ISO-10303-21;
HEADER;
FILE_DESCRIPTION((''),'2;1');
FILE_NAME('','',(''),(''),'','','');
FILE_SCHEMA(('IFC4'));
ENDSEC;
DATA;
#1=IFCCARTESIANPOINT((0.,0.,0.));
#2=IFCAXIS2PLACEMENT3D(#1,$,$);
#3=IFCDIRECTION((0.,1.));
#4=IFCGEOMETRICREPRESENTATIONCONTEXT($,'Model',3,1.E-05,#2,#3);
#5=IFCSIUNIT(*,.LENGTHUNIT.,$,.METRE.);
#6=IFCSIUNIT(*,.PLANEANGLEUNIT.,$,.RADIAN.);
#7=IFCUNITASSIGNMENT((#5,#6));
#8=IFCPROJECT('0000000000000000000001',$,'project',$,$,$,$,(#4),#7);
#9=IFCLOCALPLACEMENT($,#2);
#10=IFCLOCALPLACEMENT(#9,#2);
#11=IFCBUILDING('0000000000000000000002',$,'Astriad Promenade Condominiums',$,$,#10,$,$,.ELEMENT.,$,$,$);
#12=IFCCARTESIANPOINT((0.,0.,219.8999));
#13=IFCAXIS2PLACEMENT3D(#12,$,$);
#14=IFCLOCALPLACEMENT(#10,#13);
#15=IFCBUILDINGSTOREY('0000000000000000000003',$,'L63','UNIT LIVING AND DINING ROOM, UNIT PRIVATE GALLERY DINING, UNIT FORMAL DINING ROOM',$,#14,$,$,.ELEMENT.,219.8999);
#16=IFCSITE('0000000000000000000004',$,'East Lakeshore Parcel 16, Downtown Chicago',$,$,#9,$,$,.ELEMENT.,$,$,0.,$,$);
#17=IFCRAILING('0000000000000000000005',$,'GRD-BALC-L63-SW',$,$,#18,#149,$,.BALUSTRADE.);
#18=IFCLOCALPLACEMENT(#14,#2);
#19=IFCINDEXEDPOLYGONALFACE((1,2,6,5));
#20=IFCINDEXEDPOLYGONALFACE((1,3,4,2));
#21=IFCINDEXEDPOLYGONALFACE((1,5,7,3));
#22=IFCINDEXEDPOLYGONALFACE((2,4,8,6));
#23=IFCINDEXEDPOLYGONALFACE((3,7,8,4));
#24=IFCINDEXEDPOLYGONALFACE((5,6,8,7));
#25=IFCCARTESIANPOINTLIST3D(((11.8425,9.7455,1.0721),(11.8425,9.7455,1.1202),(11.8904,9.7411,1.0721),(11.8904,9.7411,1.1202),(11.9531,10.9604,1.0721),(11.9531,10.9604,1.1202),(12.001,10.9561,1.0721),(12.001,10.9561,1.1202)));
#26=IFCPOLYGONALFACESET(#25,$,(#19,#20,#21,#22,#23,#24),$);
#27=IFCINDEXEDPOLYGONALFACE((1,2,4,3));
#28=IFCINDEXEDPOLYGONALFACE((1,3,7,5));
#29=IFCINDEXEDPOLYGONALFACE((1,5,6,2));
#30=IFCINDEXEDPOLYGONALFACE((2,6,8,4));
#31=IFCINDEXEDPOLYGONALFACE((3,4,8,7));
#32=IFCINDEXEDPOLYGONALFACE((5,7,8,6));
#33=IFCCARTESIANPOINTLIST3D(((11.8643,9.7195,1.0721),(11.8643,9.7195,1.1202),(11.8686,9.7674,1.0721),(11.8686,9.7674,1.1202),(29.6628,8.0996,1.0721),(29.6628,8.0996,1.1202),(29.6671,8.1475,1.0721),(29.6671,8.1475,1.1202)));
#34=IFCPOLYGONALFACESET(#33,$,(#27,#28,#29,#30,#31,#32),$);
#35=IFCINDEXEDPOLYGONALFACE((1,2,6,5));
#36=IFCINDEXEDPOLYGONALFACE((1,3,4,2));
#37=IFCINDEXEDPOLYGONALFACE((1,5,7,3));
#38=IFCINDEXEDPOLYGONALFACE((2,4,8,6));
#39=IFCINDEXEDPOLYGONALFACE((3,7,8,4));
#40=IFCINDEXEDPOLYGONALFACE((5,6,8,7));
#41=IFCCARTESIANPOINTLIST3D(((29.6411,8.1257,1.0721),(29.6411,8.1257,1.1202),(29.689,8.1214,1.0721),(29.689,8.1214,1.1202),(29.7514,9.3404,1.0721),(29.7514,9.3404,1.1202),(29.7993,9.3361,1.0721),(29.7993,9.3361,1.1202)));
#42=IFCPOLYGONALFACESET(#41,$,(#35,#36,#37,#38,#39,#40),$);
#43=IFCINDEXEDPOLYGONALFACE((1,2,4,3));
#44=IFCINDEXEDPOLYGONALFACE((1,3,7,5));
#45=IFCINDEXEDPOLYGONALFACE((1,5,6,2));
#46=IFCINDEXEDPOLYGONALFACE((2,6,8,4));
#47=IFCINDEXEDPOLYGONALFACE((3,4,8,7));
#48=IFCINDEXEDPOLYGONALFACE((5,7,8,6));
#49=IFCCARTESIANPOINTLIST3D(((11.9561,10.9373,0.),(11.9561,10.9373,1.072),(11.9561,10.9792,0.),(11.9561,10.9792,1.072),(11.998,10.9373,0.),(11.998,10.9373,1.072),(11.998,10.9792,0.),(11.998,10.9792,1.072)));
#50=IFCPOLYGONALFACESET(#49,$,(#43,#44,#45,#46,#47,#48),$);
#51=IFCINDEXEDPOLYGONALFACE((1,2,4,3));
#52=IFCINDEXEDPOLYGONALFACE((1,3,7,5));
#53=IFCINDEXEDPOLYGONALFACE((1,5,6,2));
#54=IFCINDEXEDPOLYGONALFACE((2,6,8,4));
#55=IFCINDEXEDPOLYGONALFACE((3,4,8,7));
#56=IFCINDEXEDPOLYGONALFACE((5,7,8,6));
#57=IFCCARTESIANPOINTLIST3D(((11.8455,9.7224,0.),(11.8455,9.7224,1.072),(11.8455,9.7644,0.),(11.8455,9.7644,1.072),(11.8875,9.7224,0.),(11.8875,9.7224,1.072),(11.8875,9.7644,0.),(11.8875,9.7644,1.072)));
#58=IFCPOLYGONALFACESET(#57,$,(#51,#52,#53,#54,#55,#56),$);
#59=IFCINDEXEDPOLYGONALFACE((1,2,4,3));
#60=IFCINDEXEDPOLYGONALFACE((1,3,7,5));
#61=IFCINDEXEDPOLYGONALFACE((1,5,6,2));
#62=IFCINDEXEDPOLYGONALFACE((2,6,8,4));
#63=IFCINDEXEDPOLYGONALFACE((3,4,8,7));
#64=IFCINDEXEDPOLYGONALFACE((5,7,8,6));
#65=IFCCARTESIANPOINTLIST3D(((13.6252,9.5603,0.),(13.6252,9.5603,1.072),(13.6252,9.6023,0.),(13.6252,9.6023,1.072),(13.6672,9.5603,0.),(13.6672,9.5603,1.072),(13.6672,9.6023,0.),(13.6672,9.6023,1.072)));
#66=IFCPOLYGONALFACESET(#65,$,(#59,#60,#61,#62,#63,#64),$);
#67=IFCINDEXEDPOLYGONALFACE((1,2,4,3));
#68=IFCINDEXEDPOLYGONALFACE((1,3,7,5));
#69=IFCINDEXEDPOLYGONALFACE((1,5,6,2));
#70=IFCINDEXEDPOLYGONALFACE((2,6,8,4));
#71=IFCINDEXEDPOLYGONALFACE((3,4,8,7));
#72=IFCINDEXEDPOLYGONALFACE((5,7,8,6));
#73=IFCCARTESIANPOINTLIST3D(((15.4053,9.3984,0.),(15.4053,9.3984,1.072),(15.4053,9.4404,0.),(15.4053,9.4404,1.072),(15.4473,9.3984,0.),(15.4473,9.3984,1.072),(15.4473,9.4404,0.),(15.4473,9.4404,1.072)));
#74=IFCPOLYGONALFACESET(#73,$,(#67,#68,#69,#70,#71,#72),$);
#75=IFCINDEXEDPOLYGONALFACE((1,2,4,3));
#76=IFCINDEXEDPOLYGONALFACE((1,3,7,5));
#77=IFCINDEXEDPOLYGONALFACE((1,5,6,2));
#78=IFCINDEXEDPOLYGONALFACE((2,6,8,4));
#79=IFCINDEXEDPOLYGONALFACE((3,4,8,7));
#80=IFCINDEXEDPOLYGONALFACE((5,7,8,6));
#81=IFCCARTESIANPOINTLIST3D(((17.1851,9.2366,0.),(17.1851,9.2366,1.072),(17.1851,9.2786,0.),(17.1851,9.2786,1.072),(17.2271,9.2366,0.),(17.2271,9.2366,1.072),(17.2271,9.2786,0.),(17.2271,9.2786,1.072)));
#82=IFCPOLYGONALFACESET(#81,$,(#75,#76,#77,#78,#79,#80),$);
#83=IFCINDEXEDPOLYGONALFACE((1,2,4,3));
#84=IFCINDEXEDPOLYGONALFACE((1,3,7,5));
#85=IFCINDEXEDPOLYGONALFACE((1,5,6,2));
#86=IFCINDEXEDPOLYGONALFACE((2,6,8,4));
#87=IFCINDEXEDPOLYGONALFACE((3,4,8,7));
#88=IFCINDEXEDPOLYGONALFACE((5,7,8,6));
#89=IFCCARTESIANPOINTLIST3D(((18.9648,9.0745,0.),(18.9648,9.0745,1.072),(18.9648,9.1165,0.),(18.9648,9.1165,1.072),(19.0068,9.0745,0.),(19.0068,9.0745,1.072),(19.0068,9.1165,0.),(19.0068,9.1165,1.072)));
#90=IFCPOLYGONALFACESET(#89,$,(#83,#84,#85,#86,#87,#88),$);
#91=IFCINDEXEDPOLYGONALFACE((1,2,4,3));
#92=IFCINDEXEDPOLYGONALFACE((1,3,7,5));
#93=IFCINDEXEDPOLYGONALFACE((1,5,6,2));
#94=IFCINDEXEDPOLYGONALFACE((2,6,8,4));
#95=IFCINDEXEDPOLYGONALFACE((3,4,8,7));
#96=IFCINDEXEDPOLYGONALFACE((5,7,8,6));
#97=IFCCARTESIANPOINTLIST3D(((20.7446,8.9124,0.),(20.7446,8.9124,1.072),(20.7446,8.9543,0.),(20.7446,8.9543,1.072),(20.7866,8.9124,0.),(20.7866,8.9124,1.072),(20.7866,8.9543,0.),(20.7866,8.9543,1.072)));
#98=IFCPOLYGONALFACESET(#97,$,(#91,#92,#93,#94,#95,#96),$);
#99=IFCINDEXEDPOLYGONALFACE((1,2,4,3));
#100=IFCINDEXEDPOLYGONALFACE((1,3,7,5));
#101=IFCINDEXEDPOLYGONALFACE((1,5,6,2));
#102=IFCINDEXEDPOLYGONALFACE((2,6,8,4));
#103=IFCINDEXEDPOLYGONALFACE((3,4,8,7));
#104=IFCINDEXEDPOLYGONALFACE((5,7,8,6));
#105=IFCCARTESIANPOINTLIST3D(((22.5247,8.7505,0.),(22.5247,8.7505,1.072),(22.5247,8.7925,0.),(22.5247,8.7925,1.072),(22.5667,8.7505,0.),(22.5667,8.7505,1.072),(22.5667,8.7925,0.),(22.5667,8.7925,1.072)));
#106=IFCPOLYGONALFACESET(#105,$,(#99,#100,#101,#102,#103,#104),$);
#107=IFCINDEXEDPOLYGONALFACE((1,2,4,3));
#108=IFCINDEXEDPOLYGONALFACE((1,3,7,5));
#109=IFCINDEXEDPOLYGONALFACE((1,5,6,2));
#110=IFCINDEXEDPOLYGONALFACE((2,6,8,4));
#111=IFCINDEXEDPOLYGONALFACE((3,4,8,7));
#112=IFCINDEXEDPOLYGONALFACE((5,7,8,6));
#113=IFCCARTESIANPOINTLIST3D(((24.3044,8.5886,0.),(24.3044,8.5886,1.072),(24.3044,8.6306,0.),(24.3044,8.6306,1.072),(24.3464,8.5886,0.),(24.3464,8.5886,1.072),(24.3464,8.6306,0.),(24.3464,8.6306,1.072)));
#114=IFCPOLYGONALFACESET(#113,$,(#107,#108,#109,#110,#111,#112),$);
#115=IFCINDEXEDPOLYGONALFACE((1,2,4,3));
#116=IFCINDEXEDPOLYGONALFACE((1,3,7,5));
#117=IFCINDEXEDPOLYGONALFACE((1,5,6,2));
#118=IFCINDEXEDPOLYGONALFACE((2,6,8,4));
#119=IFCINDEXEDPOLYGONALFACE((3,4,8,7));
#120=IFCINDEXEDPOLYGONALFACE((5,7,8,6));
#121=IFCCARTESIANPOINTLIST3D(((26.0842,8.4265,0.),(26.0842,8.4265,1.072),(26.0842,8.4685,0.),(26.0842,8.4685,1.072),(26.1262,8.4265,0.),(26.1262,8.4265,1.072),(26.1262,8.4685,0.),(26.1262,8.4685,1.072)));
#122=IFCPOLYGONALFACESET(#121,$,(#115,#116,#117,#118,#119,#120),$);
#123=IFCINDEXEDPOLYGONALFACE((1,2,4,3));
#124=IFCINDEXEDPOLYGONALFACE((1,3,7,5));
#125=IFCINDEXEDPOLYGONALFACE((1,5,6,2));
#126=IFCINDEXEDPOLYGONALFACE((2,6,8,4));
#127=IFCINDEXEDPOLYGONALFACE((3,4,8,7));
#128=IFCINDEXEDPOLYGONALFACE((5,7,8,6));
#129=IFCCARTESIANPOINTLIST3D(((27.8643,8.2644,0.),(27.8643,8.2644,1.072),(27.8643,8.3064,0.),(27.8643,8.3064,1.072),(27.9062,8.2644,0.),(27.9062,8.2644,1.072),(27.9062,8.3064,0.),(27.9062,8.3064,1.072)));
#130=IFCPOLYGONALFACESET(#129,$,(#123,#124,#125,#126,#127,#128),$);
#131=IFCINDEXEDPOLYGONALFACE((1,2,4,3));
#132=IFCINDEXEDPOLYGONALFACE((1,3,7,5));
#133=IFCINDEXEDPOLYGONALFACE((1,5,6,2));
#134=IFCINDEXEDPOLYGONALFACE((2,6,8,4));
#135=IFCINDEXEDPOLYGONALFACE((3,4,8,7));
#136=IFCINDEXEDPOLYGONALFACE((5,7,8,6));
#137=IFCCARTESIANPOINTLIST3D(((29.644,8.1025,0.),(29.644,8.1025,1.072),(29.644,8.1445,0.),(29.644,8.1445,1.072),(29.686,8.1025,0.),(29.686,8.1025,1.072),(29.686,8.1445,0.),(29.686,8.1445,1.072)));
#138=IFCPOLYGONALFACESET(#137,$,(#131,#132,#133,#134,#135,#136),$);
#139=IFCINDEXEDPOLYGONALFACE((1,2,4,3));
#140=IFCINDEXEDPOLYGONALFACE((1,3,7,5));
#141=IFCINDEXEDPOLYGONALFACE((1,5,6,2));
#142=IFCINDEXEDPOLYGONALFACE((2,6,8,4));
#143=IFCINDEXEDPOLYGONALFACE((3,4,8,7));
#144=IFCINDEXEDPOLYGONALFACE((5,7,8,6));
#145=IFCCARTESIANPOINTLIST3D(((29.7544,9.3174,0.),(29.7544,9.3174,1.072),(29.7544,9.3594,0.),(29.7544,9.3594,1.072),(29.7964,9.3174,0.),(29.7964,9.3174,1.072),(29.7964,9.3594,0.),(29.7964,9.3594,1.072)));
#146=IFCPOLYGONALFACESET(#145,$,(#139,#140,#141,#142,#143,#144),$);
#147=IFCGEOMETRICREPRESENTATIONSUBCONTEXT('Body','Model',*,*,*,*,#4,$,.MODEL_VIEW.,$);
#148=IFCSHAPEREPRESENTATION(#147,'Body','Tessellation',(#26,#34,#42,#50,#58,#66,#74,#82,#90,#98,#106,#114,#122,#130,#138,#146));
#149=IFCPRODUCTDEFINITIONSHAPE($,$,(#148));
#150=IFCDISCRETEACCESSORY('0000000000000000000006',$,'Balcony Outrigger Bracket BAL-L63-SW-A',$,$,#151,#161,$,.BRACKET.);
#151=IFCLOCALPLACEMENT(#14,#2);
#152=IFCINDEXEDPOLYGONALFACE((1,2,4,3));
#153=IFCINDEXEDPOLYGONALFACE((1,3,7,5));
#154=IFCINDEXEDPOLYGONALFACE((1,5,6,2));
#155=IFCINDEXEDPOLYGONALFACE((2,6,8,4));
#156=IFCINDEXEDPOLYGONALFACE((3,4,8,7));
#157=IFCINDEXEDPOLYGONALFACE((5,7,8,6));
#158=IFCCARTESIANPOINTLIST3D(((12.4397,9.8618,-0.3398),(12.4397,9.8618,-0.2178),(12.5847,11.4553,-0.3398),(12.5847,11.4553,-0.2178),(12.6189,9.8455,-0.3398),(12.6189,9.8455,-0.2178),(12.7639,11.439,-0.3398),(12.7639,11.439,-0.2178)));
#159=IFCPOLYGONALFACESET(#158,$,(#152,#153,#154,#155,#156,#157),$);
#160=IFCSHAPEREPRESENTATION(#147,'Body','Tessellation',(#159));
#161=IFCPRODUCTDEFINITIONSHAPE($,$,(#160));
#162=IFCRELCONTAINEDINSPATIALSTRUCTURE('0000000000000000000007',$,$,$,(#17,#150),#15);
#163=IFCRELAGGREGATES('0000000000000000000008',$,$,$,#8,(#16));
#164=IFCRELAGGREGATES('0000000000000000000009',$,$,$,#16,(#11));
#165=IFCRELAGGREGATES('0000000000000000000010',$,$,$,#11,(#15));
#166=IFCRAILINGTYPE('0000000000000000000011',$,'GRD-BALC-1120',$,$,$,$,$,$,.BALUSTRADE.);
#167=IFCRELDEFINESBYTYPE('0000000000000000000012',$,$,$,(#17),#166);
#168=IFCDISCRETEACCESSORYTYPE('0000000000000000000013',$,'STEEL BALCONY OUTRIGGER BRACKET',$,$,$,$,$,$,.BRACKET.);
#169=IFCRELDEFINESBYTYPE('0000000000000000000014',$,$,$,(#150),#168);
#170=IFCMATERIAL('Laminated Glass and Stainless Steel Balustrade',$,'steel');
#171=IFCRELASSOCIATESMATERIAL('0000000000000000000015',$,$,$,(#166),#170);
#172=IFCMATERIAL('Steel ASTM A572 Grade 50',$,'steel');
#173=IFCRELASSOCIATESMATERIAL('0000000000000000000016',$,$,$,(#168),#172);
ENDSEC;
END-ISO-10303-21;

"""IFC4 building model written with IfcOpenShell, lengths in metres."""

from ifc_helpers import new_model, si_unit, direction, frame, origin, origin_2d, place, context, subcontext, project, spatial, rectangle, extrude, source, transform, mapped, material, type_object, type_shapes, element, save


model = new_model("IFC4")

# Units and contexts
model_context = context("Model", 3, precision=1e-05, world=origin(), true_north=direction((0.0, 1.0)))
body_context = subcontext(model_context, "Body", "Model", "MODEL_VIEW")
ifc_project = project(units=[si_unit("LENGTHUNIT", "METRE"), si_unit("PLANEANGLEUNIT", "RADIAN")], contexts=[model_context])

# Site, building, storey
site_placement = place(None, origin())
site = spatial("IfcSite", under=ifc_project, at=site_placement, Name="East Lakeshore Parcel 16, Downtown Chicago", CompositionType="ELEMENT", RefElevation=0.0)
building_placement = place(site_placement, origin())
building = spatial("IfcBuilding", under=site, at=building_placement, Name="Astriad Promenade Condominiums", CompositionType="ELEMENT")
storey_placement = place(building_placement, frame((0.0, 0.0, 219.8999)))
storey = spatial("IfcBuildingStorey", under=building, at=storey_placement, Name="L63", Description="UNIT LIVING AND DINING ROOM, UNIT PRIVATE GALLERY DINING, UNIT FORMAL DINING ROOM", CompositionType="ELEMENT", Elevation=219.8999)

# Railing
ifc_material_1 = material(Name="Laminated Glass and Stainless Steel Balustrade", Category="steel")
railing_type = type_object("IfcRailingType", Name="GRD-BALC-1120", PredefinedType="BALUSTRADE", material=ifc_material_1)
shared_shape_1 = source(origin(), body_context, "Body", "SweptSolid", [
    extrude(rectangle(XDim=0.0481, YDim=0.0481, at=origin_2d()), frame((0.0, 0.0, 1.0962), z_axis=(-0.090662, -0.995882, 0.0), x_axis=(0.995882, -0.090662, 0.0)), (0.0, 0.0, 1.0), 1.22),
    extrude(rectangle(XDim=0.0481, YDim=0.0481, at=origin_2d()), frame((-0.1106, -1.2148, 1.0962), z_axis=(0.995884, -0.090637, 0.0), x_axis=(0.090637, 0.995884, 0.0)), (0.0, 0.0, 1.0), 17.8721),
    extrude(rectangle(XDim=0.0481, YDim=0.0481, at=origin_2d()), frame((17.688, -2.8347, 1.0962), z_axis=(0.090464, 0.9959, 0.0), x_axis=(-0.9959, 0.090464, 0.0)), (0.0, 0.0, 1.0), 1.2197),
    extrude(rectangle(XDim=0.042, YDim=0.042, at=origin_2d()), origin(), (0.0, 0.0, 1.0), 1.072),
    extrude(rectangle(XDim=0.042, YDim=0.042, at=origin_2d()), frame((-0.1106, -1.2148, 0.0)), (0.0, 0.0, 1.0), 1.072),
    extrude(rectangle(XDim=0.042, YDim=0.042, at=origin_2d()), frame((1.6692, -1.377, 0.0)), (0.0, 0.0, 1.0), 1.072),
    extrude(rectangle(XDim=0.042, YDim=0.042, at=origin_2d()), frame((3.4492, -1.5388, 0.0)), (0.0, 0.0, 1.0), 1.072),
    extrude(rectangle(XDim=0.042, YDim=0.042, at=origin_2d()), frame((5.229, -1.7007, 0.0)), (0.0, 0.0, 1.0), 1.072),
    extrude(rectangle(XDim=0.042, YDim=0.042, at=origin_2d()), frame((7.0088, -1.8628, 0.0)), (0.0, 0.0, 1.0), 1.072),
    extrude(rectangle(XDim=0.042, YDim=0.042, at=origin_2d()), frame((8.7886, -2.0249, 0.0)), (0.0, 0.0, 1.0), 1.072),
    extrude(rectangle(XDim=0.042, YDim=0.042, at=origin_2d()), frame((10.5686, -2.1868, 0.0)), (0.0, 0.0, 1.0), 1.072),
    extrude(rectangle(XDim=0.042, YDim=0.042, at=origin_2d()), frame((12.3484, -2.3486, 0.0)), (0.0, 0.0, 1.0), 1.072),
    extrude(rectangle(XDim=0.042, YDim=0.042, at=origin_2d()), frame((14.1282, -2.5107, 0.0)), (0.0, 0.0, 1.0), 1.072),
    extrude(rectangle(XDim=0.042, YDim=0.042, at=origin_2d()), frame((15.9082, -2.6729, 0.0)), (0.0, 0.0, 1.0), 1.072),
    extrude(rectangle(XDim=0.042, YDim=0.042, at=origin_2d()), frame((17.688, -2.8347, 0.0)), (0.0, 0.0, 1.0), 1.072),
    extrude(rectangle(XDim=0.042, YDim=0.042, at=origin_2d()), frame((17.7983, -1.6199, 0.0)), (0.0, 0.0, 1.0), 1.072),
])
type_shapes(railing_type, [shared_shape_1])
railing_placement = place(storey_placement, frame((11.9771, 10.9583, 0.0)))
element("IfcRailing", 1, at=railing_placement, inside=storey, type_object=railing_type, Name="GRD-BALC-L63-SW", PredefinedType="BALUSTRADE", context=body_context, shape_type="MappedRepresentation", body=[
    mapped(shared_shape_1, transform((0.0, 0.0, 0.0), scale=1.0)),
])

# Discrete accessory
ifc_material_2 = material(Name="Steel ASTM A572 Grade 50", Category="steel")
discrete_accessory_type = type_object("IfcDiscreteAccessoryType", Name="STEEL BALCONY OUTRIGGER BRACKET", PredefinedType="BRACKET", material=ifc_material_2)
shared_shape_2 = source(origin(), body_context, "Body", "SweptSolid", [
    extrude(rectangle(XDim=1.6001, YDim=0.1799, at=origin_2d()), origin(), (0.0, 0.0, 1.0), 0.1221),
])
type_shapes(discrete_accessory_type, [shared_shape_2])
discrete_accessory_placement = place(storey_placement, frame((12.6018, 10.6504, -0.3398), z_axis=(0.0, 0.0, 1.0), x_axis=(-0.090633, -0.995884, 0.0)))
element("IfcDiscreteAccessory", 2, at=discrete_accessory_placement, inside=storey, type_object=discrete_accessory_type, Name="Balcony Outrigger Bracket BAL-L63-SW-A", PredefinedType="BRACKET", context=body_context, shape_type="MappedRepresentation", body=[
    mapped(shared_shape_2, transform((0.0, 0.0, 0.0), scale=1.0)),
])

save(model, "model.ifc")
